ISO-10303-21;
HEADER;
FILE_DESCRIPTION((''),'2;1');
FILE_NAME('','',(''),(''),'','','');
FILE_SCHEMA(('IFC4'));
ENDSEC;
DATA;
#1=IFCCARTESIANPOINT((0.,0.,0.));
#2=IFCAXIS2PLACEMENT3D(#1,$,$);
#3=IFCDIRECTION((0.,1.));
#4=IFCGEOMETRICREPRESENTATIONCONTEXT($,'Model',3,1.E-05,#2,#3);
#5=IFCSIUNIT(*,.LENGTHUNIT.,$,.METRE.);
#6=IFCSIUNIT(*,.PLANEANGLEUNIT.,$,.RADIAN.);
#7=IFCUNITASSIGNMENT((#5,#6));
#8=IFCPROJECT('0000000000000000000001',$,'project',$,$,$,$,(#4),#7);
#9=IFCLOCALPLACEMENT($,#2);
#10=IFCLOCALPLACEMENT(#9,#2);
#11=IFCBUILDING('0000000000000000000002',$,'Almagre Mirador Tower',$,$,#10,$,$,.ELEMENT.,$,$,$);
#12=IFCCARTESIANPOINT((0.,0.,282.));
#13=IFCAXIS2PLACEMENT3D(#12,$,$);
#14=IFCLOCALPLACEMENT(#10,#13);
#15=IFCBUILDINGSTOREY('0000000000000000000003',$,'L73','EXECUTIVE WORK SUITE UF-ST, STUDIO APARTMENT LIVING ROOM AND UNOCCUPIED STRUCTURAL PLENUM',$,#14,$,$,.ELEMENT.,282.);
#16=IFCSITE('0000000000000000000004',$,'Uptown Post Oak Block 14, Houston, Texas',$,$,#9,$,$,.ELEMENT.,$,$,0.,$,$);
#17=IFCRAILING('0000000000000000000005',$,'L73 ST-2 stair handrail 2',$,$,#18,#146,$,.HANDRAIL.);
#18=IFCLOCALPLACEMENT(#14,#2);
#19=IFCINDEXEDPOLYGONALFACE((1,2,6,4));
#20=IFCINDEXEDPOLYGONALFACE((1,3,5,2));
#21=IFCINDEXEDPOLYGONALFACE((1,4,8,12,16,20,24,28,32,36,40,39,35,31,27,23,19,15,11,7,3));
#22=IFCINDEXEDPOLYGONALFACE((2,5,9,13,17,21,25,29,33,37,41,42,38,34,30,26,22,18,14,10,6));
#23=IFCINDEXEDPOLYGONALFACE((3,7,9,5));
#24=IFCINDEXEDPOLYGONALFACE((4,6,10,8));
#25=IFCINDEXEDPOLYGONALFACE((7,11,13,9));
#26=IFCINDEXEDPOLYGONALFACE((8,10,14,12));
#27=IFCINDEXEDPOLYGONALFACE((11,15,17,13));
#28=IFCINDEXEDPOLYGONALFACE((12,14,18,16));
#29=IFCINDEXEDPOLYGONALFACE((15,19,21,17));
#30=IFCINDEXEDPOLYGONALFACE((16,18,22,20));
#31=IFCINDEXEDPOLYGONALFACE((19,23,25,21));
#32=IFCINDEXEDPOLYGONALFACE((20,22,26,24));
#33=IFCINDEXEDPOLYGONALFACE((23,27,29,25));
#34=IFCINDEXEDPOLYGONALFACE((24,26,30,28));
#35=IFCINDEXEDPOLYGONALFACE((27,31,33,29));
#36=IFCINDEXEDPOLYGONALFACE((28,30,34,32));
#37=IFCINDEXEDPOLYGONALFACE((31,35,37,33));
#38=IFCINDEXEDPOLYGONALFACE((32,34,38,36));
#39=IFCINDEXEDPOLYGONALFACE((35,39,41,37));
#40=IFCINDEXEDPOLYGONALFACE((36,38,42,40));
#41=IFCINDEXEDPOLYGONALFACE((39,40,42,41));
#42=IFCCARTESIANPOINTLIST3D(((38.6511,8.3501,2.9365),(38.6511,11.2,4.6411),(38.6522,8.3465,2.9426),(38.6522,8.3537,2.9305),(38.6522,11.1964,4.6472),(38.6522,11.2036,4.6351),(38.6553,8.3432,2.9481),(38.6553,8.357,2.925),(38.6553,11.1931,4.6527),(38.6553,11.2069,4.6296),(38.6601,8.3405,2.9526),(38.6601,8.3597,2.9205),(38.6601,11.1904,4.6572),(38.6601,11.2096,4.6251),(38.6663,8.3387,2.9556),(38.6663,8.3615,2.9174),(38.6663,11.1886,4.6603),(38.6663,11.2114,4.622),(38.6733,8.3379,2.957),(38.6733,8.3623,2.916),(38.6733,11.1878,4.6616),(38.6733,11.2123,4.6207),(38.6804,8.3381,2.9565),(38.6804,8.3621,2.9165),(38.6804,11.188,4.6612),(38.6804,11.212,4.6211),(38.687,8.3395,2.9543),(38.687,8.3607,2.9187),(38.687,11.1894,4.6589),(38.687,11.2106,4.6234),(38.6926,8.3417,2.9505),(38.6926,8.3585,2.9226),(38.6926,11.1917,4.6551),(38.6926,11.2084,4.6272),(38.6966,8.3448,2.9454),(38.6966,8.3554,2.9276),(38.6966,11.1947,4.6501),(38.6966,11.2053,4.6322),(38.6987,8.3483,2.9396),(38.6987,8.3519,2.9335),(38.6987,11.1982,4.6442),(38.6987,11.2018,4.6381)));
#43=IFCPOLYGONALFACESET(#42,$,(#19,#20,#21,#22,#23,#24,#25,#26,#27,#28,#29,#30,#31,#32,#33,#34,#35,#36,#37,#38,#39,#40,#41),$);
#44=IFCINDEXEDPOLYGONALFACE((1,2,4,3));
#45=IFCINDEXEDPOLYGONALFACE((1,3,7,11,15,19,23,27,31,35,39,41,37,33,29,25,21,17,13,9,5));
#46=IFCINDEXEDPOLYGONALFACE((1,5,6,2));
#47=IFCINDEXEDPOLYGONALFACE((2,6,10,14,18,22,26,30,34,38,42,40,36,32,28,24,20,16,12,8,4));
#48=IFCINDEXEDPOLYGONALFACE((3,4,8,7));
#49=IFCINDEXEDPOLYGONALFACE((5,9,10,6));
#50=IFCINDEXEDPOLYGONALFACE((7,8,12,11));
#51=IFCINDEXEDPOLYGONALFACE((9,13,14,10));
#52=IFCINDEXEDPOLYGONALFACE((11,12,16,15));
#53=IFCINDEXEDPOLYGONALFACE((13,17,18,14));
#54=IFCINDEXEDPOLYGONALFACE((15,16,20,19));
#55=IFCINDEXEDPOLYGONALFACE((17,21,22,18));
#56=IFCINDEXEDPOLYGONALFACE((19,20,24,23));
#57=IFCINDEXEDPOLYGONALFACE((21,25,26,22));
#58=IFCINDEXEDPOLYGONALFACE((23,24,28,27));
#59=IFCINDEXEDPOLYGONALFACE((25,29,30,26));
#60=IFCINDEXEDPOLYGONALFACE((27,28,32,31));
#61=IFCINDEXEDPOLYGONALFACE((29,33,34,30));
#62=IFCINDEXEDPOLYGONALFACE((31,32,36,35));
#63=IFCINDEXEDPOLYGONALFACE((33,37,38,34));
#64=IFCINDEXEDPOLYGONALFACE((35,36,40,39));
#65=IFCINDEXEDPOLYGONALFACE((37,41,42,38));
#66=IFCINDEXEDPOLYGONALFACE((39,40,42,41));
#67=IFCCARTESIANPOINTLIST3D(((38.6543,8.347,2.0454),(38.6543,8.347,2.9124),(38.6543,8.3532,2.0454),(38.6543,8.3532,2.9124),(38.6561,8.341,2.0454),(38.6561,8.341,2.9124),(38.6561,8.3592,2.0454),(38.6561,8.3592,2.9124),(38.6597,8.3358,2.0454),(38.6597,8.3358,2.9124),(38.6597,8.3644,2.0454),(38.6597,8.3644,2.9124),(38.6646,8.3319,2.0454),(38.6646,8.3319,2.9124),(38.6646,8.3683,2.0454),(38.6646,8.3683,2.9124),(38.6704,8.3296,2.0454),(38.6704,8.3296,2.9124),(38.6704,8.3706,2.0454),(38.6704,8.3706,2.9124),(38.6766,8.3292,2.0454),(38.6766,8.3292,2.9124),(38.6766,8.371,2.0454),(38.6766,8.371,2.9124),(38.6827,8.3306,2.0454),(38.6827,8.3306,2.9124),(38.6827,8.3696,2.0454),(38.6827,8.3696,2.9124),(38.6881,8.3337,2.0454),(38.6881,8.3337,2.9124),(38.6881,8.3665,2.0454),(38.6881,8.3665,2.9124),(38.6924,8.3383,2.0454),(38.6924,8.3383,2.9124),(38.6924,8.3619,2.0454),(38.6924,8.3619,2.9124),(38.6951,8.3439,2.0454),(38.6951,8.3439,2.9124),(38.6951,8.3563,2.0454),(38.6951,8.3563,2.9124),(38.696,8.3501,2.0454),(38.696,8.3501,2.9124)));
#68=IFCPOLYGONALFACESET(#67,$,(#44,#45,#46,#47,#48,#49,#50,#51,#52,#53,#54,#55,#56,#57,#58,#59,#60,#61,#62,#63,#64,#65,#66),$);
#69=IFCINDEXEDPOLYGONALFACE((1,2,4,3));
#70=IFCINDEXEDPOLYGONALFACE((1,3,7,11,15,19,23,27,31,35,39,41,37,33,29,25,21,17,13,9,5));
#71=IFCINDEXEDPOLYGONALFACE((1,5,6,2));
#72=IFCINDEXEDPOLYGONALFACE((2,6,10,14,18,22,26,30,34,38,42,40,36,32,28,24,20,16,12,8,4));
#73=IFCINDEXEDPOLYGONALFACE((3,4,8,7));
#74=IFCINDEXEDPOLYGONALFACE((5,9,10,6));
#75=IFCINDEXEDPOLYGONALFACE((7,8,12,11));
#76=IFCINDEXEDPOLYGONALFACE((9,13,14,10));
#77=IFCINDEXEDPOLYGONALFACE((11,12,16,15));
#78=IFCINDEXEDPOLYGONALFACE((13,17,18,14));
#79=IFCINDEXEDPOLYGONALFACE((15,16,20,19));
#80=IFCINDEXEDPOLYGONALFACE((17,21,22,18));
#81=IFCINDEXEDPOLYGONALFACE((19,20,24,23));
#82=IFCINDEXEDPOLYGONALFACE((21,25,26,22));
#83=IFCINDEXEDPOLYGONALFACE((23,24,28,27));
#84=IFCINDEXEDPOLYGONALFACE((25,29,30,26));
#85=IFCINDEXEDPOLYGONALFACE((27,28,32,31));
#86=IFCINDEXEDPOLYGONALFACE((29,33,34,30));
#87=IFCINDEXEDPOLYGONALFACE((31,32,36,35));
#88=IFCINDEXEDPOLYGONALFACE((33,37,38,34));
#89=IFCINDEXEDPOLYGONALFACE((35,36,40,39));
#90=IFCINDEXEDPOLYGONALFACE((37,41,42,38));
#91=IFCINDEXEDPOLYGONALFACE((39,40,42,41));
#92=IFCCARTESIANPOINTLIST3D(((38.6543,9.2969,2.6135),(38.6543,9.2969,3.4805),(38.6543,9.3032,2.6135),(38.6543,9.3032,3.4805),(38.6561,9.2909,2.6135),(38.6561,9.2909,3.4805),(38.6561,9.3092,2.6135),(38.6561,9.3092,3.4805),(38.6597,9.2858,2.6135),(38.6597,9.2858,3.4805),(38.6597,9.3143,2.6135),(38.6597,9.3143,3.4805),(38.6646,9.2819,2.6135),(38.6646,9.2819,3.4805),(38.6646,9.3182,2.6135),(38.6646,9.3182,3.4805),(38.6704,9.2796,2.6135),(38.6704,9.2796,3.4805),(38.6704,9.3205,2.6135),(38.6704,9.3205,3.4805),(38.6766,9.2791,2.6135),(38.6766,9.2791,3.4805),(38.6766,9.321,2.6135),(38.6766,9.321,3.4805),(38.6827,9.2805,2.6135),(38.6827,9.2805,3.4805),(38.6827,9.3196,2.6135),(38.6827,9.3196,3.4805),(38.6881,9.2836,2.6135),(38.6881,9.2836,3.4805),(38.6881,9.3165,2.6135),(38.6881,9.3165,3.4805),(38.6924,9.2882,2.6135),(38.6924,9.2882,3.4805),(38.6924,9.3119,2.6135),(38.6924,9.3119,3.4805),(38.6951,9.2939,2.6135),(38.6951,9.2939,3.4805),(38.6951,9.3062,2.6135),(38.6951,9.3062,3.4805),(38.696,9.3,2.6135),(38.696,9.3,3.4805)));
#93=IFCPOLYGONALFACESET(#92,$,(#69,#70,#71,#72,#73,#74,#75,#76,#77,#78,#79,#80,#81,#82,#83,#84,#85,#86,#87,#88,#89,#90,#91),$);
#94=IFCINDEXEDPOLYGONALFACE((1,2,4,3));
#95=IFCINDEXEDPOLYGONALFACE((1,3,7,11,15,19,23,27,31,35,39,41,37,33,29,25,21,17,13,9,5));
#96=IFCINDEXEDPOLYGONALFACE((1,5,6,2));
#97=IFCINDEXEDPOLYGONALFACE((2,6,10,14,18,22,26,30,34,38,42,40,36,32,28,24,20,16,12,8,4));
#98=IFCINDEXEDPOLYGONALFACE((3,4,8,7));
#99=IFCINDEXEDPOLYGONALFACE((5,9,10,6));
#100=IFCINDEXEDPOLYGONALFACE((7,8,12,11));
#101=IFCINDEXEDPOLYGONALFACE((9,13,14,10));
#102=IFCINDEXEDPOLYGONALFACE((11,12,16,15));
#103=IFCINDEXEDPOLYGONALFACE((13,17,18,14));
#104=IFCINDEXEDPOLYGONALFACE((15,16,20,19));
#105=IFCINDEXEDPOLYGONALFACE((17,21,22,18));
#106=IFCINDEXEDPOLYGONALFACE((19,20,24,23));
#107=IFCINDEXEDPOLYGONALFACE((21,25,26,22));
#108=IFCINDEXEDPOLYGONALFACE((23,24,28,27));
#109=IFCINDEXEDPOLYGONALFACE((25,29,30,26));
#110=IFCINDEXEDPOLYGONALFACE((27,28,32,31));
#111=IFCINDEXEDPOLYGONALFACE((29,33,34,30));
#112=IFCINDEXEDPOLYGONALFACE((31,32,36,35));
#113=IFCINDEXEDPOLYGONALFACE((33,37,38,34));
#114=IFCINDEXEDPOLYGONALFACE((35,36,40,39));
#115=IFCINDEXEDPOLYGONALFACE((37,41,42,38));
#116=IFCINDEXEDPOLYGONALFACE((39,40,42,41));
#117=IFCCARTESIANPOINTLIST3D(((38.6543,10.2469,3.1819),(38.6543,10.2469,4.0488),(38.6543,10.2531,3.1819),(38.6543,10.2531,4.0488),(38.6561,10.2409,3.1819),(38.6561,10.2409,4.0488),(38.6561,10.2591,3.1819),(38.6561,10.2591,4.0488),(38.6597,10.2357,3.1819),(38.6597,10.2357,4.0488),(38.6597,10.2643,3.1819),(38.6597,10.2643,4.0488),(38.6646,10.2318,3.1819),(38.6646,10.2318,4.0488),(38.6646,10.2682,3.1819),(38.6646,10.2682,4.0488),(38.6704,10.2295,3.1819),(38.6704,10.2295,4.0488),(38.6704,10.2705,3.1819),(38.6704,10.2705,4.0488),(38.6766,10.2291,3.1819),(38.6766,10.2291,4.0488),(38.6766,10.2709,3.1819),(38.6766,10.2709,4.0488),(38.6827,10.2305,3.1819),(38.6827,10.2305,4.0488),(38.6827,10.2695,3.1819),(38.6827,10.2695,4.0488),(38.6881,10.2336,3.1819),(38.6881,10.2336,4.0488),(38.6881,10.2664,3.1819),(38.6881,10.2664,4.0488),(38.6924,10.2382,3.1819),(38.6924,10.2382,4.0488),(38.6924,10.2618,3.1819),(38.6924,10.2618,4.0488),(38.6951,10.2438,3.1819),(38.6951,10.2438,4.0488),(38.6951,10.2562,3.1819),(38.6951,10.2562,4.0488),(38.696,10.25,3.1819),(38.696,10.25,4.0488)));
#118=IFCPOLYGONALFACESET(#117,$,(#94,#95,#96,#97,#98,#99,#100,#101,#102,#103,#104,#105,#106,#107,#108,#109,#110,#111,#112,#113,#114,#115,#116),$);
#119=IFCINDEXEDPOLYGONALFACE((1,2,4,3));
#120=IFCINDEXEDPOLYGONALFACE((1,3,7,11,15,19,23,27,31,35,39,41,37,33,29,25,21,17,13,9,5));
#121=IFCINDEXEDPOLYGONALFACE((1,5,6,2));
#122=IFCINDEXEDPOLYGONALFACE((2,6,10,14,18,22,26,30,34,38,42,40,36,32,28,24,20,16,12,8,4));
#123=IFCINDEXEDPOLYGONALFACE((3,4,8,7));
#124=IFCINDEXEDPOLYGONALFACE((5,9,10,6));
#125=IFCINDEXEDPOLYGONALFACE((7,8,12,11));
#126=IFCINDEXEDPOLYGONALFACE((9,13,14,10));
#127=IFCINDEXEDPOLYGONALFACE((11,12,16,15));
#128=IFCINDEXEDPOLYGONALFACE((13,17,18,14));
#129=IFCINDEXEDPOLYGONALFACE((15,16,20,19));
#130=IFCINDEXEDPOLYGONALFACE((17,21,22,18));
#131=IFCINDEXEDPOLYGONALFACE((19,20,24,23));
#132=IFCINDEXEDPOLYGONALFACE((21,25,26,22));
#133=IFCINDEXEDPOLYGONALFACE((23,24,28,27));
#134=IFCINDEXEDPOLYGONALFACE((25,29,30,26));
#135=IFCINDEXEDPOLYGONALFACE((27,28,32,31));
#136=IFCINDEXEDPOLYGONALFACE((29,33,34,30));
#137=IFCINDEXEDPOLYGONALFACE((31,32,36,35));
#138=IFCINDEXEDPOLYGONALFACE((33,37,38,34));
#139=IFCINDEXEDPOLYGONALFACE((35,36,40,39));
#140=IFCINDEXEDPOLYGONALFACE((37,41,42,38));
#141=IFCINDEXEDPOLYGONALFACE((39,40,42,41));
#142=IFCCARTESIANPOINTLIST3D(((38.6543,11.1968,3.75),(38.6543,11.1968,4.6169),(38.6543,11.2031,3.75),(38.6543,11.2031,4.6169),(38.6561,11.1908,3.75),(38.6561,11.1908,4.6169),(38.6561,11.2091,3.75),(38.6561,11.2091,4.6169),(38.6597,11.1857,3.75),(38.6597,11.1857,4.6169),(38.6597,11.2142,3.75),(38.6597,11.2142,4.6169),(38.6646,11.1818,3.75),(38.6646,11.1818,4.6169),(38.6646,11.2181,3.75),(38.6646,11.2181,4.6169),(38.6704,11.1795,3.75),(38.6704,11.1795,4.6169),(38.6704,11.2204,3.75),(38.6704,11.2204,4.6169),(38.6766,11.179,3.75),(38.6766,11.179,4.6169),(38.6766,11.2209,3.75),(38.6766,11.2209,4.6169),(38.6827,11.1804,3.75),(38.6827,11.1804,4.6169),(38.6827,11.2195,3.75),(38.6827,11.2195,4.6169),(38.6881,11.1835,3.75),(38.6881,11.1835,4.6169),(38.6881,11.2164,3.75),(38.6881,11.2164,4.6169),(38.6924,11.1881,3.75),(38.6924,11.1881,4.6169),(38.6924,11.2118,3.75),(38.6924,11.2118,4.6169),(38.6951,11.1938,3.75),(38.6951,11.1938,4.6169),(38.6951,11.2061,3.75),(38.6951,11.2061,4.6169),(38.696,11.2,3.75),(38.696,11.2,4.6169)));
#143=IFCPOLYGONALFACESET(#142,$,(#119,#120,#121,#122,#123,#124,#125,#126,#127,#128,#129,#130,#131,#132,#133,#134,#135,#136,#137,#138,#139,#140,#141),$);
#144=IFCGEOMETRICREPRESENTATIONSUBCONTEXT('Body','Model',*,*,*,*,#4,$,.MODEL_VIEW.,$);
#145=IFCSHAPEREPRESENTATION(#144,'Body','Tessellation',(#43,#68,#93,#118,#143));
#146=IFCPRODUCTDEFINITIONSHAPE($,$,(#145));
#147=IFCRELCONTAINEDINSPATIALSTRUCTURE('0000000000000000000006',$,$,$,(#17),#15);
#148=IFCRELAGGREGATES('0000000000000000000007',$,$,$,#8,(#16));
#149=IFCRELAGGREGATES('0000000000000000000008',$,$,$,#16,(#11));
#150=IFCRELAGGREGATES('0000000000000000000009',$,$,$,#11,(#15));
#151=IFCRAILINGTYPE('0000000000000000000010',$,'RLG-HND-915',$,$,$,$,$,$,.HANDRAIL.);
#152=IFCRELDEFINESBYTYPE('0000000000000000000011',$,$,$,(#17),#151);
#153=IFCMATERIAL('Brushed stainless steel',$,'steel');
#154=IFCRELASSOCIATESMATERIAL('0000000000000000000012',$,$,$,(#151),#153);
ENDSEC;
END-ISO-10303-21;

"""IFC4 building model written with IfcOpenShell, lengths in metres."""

from ifc_helpers import new_model, si_unit, direction, frame, origin, origin_2d, place, context, subcontext, project, spatial, circle, extrude, material, type_object, element, save


model = new_model("IFC4")

# Units and contexts
model_context = context("Model", 3, precision=1e-05, world=origin(), true_north=direction((0.0, 1.0)))
body_context = subcontext(model_context, "Body", "Model", "MODEL_VIEW")
ifc_project = project(units=[si_unit("LENGTHUNIT", "METRE"), si_unit("PLANEANGLEUNIT", "RADIAN")], contexts=[model_context])

# Site, building, storey
site_placement = place(None, origin())
site = spatial("IfcSite", under=ifc_project, at=site_placement, Name="Uptown Post Oak Block 14, Houston, Texas", CompositionType="ELEMENT", RefElevation=0.0)
building_placement = place(site_placement, origin())
building = spatial("IfcBuilding", under=site, at=building_placement, Name="Almagre Mirador Tower", CompositionType="ELEMENT")
storey_placement = place(building_placement, frame((0.0, 0.0, 282.0)))
storey = spatial("IfcBuildingStorey", under=building, at=storey_placement, Name="L73", Description="EXECUTIVE WORK SUITE UF-ST, STUDIO APARTMENT LIVING ROOM AND UNOCCUPIED STRUCTURAL PLENUM", CompositionType="ELEMENT", Elevation=282.0)

# Railing
ifc_material_1 = material(Name="Brushed stainless steel", Category="steel")
railing_type_1 = type_object("IfcRailingType", Name="RLG-HND-915", PredefinedType="HANDRAIL", material=ifc_material_1)
railing_1_placement = place(storey_placement, frame((38.675, 8.3501, 2.0454)))
element("IfcRailing", 1, at=railing_1_placement, inside=storey, type_object=railing_type_1, Name="L73 ST-2 stair handrail 2", PredefinedType="HANDRAIL", context=body_context, shape_type="SweptSolid", body=[
    extrude(circle(Radius=0.0239, at=origin_2d()), frame((0.0, 0.0, 0.8911), z_axis=(0.0, 0.858199, 0.513317), x_axis=(-1.0, 0.0, 0.0)), (0.0, 0.0, 1.0), 3.3208),
    extrude(circle(Radius=0.021, at=origin_2d()), origin(), (0.0, 0.0, 1.0), 0.8669),
    extrude(circle(Radius=0.021, at=origin_2d()), frame((0.0, 0.95, 0.5681)), (0.0, 0.0, 1.0), 0.8669),
    extrude(circle(Radius=0.021, at=origin_2d()), frame((0.0, 1.8999, 1.1365)), (0.0, 0.0, 1.0), 0.8669),
    extrude(circle(Radius=0.021, at=origin_2d()), frame((0.0, 2.8499, 1.7046)), (0.0, 0.0, 1.0), 0.8669),
])

save(model, "model.ifc")
